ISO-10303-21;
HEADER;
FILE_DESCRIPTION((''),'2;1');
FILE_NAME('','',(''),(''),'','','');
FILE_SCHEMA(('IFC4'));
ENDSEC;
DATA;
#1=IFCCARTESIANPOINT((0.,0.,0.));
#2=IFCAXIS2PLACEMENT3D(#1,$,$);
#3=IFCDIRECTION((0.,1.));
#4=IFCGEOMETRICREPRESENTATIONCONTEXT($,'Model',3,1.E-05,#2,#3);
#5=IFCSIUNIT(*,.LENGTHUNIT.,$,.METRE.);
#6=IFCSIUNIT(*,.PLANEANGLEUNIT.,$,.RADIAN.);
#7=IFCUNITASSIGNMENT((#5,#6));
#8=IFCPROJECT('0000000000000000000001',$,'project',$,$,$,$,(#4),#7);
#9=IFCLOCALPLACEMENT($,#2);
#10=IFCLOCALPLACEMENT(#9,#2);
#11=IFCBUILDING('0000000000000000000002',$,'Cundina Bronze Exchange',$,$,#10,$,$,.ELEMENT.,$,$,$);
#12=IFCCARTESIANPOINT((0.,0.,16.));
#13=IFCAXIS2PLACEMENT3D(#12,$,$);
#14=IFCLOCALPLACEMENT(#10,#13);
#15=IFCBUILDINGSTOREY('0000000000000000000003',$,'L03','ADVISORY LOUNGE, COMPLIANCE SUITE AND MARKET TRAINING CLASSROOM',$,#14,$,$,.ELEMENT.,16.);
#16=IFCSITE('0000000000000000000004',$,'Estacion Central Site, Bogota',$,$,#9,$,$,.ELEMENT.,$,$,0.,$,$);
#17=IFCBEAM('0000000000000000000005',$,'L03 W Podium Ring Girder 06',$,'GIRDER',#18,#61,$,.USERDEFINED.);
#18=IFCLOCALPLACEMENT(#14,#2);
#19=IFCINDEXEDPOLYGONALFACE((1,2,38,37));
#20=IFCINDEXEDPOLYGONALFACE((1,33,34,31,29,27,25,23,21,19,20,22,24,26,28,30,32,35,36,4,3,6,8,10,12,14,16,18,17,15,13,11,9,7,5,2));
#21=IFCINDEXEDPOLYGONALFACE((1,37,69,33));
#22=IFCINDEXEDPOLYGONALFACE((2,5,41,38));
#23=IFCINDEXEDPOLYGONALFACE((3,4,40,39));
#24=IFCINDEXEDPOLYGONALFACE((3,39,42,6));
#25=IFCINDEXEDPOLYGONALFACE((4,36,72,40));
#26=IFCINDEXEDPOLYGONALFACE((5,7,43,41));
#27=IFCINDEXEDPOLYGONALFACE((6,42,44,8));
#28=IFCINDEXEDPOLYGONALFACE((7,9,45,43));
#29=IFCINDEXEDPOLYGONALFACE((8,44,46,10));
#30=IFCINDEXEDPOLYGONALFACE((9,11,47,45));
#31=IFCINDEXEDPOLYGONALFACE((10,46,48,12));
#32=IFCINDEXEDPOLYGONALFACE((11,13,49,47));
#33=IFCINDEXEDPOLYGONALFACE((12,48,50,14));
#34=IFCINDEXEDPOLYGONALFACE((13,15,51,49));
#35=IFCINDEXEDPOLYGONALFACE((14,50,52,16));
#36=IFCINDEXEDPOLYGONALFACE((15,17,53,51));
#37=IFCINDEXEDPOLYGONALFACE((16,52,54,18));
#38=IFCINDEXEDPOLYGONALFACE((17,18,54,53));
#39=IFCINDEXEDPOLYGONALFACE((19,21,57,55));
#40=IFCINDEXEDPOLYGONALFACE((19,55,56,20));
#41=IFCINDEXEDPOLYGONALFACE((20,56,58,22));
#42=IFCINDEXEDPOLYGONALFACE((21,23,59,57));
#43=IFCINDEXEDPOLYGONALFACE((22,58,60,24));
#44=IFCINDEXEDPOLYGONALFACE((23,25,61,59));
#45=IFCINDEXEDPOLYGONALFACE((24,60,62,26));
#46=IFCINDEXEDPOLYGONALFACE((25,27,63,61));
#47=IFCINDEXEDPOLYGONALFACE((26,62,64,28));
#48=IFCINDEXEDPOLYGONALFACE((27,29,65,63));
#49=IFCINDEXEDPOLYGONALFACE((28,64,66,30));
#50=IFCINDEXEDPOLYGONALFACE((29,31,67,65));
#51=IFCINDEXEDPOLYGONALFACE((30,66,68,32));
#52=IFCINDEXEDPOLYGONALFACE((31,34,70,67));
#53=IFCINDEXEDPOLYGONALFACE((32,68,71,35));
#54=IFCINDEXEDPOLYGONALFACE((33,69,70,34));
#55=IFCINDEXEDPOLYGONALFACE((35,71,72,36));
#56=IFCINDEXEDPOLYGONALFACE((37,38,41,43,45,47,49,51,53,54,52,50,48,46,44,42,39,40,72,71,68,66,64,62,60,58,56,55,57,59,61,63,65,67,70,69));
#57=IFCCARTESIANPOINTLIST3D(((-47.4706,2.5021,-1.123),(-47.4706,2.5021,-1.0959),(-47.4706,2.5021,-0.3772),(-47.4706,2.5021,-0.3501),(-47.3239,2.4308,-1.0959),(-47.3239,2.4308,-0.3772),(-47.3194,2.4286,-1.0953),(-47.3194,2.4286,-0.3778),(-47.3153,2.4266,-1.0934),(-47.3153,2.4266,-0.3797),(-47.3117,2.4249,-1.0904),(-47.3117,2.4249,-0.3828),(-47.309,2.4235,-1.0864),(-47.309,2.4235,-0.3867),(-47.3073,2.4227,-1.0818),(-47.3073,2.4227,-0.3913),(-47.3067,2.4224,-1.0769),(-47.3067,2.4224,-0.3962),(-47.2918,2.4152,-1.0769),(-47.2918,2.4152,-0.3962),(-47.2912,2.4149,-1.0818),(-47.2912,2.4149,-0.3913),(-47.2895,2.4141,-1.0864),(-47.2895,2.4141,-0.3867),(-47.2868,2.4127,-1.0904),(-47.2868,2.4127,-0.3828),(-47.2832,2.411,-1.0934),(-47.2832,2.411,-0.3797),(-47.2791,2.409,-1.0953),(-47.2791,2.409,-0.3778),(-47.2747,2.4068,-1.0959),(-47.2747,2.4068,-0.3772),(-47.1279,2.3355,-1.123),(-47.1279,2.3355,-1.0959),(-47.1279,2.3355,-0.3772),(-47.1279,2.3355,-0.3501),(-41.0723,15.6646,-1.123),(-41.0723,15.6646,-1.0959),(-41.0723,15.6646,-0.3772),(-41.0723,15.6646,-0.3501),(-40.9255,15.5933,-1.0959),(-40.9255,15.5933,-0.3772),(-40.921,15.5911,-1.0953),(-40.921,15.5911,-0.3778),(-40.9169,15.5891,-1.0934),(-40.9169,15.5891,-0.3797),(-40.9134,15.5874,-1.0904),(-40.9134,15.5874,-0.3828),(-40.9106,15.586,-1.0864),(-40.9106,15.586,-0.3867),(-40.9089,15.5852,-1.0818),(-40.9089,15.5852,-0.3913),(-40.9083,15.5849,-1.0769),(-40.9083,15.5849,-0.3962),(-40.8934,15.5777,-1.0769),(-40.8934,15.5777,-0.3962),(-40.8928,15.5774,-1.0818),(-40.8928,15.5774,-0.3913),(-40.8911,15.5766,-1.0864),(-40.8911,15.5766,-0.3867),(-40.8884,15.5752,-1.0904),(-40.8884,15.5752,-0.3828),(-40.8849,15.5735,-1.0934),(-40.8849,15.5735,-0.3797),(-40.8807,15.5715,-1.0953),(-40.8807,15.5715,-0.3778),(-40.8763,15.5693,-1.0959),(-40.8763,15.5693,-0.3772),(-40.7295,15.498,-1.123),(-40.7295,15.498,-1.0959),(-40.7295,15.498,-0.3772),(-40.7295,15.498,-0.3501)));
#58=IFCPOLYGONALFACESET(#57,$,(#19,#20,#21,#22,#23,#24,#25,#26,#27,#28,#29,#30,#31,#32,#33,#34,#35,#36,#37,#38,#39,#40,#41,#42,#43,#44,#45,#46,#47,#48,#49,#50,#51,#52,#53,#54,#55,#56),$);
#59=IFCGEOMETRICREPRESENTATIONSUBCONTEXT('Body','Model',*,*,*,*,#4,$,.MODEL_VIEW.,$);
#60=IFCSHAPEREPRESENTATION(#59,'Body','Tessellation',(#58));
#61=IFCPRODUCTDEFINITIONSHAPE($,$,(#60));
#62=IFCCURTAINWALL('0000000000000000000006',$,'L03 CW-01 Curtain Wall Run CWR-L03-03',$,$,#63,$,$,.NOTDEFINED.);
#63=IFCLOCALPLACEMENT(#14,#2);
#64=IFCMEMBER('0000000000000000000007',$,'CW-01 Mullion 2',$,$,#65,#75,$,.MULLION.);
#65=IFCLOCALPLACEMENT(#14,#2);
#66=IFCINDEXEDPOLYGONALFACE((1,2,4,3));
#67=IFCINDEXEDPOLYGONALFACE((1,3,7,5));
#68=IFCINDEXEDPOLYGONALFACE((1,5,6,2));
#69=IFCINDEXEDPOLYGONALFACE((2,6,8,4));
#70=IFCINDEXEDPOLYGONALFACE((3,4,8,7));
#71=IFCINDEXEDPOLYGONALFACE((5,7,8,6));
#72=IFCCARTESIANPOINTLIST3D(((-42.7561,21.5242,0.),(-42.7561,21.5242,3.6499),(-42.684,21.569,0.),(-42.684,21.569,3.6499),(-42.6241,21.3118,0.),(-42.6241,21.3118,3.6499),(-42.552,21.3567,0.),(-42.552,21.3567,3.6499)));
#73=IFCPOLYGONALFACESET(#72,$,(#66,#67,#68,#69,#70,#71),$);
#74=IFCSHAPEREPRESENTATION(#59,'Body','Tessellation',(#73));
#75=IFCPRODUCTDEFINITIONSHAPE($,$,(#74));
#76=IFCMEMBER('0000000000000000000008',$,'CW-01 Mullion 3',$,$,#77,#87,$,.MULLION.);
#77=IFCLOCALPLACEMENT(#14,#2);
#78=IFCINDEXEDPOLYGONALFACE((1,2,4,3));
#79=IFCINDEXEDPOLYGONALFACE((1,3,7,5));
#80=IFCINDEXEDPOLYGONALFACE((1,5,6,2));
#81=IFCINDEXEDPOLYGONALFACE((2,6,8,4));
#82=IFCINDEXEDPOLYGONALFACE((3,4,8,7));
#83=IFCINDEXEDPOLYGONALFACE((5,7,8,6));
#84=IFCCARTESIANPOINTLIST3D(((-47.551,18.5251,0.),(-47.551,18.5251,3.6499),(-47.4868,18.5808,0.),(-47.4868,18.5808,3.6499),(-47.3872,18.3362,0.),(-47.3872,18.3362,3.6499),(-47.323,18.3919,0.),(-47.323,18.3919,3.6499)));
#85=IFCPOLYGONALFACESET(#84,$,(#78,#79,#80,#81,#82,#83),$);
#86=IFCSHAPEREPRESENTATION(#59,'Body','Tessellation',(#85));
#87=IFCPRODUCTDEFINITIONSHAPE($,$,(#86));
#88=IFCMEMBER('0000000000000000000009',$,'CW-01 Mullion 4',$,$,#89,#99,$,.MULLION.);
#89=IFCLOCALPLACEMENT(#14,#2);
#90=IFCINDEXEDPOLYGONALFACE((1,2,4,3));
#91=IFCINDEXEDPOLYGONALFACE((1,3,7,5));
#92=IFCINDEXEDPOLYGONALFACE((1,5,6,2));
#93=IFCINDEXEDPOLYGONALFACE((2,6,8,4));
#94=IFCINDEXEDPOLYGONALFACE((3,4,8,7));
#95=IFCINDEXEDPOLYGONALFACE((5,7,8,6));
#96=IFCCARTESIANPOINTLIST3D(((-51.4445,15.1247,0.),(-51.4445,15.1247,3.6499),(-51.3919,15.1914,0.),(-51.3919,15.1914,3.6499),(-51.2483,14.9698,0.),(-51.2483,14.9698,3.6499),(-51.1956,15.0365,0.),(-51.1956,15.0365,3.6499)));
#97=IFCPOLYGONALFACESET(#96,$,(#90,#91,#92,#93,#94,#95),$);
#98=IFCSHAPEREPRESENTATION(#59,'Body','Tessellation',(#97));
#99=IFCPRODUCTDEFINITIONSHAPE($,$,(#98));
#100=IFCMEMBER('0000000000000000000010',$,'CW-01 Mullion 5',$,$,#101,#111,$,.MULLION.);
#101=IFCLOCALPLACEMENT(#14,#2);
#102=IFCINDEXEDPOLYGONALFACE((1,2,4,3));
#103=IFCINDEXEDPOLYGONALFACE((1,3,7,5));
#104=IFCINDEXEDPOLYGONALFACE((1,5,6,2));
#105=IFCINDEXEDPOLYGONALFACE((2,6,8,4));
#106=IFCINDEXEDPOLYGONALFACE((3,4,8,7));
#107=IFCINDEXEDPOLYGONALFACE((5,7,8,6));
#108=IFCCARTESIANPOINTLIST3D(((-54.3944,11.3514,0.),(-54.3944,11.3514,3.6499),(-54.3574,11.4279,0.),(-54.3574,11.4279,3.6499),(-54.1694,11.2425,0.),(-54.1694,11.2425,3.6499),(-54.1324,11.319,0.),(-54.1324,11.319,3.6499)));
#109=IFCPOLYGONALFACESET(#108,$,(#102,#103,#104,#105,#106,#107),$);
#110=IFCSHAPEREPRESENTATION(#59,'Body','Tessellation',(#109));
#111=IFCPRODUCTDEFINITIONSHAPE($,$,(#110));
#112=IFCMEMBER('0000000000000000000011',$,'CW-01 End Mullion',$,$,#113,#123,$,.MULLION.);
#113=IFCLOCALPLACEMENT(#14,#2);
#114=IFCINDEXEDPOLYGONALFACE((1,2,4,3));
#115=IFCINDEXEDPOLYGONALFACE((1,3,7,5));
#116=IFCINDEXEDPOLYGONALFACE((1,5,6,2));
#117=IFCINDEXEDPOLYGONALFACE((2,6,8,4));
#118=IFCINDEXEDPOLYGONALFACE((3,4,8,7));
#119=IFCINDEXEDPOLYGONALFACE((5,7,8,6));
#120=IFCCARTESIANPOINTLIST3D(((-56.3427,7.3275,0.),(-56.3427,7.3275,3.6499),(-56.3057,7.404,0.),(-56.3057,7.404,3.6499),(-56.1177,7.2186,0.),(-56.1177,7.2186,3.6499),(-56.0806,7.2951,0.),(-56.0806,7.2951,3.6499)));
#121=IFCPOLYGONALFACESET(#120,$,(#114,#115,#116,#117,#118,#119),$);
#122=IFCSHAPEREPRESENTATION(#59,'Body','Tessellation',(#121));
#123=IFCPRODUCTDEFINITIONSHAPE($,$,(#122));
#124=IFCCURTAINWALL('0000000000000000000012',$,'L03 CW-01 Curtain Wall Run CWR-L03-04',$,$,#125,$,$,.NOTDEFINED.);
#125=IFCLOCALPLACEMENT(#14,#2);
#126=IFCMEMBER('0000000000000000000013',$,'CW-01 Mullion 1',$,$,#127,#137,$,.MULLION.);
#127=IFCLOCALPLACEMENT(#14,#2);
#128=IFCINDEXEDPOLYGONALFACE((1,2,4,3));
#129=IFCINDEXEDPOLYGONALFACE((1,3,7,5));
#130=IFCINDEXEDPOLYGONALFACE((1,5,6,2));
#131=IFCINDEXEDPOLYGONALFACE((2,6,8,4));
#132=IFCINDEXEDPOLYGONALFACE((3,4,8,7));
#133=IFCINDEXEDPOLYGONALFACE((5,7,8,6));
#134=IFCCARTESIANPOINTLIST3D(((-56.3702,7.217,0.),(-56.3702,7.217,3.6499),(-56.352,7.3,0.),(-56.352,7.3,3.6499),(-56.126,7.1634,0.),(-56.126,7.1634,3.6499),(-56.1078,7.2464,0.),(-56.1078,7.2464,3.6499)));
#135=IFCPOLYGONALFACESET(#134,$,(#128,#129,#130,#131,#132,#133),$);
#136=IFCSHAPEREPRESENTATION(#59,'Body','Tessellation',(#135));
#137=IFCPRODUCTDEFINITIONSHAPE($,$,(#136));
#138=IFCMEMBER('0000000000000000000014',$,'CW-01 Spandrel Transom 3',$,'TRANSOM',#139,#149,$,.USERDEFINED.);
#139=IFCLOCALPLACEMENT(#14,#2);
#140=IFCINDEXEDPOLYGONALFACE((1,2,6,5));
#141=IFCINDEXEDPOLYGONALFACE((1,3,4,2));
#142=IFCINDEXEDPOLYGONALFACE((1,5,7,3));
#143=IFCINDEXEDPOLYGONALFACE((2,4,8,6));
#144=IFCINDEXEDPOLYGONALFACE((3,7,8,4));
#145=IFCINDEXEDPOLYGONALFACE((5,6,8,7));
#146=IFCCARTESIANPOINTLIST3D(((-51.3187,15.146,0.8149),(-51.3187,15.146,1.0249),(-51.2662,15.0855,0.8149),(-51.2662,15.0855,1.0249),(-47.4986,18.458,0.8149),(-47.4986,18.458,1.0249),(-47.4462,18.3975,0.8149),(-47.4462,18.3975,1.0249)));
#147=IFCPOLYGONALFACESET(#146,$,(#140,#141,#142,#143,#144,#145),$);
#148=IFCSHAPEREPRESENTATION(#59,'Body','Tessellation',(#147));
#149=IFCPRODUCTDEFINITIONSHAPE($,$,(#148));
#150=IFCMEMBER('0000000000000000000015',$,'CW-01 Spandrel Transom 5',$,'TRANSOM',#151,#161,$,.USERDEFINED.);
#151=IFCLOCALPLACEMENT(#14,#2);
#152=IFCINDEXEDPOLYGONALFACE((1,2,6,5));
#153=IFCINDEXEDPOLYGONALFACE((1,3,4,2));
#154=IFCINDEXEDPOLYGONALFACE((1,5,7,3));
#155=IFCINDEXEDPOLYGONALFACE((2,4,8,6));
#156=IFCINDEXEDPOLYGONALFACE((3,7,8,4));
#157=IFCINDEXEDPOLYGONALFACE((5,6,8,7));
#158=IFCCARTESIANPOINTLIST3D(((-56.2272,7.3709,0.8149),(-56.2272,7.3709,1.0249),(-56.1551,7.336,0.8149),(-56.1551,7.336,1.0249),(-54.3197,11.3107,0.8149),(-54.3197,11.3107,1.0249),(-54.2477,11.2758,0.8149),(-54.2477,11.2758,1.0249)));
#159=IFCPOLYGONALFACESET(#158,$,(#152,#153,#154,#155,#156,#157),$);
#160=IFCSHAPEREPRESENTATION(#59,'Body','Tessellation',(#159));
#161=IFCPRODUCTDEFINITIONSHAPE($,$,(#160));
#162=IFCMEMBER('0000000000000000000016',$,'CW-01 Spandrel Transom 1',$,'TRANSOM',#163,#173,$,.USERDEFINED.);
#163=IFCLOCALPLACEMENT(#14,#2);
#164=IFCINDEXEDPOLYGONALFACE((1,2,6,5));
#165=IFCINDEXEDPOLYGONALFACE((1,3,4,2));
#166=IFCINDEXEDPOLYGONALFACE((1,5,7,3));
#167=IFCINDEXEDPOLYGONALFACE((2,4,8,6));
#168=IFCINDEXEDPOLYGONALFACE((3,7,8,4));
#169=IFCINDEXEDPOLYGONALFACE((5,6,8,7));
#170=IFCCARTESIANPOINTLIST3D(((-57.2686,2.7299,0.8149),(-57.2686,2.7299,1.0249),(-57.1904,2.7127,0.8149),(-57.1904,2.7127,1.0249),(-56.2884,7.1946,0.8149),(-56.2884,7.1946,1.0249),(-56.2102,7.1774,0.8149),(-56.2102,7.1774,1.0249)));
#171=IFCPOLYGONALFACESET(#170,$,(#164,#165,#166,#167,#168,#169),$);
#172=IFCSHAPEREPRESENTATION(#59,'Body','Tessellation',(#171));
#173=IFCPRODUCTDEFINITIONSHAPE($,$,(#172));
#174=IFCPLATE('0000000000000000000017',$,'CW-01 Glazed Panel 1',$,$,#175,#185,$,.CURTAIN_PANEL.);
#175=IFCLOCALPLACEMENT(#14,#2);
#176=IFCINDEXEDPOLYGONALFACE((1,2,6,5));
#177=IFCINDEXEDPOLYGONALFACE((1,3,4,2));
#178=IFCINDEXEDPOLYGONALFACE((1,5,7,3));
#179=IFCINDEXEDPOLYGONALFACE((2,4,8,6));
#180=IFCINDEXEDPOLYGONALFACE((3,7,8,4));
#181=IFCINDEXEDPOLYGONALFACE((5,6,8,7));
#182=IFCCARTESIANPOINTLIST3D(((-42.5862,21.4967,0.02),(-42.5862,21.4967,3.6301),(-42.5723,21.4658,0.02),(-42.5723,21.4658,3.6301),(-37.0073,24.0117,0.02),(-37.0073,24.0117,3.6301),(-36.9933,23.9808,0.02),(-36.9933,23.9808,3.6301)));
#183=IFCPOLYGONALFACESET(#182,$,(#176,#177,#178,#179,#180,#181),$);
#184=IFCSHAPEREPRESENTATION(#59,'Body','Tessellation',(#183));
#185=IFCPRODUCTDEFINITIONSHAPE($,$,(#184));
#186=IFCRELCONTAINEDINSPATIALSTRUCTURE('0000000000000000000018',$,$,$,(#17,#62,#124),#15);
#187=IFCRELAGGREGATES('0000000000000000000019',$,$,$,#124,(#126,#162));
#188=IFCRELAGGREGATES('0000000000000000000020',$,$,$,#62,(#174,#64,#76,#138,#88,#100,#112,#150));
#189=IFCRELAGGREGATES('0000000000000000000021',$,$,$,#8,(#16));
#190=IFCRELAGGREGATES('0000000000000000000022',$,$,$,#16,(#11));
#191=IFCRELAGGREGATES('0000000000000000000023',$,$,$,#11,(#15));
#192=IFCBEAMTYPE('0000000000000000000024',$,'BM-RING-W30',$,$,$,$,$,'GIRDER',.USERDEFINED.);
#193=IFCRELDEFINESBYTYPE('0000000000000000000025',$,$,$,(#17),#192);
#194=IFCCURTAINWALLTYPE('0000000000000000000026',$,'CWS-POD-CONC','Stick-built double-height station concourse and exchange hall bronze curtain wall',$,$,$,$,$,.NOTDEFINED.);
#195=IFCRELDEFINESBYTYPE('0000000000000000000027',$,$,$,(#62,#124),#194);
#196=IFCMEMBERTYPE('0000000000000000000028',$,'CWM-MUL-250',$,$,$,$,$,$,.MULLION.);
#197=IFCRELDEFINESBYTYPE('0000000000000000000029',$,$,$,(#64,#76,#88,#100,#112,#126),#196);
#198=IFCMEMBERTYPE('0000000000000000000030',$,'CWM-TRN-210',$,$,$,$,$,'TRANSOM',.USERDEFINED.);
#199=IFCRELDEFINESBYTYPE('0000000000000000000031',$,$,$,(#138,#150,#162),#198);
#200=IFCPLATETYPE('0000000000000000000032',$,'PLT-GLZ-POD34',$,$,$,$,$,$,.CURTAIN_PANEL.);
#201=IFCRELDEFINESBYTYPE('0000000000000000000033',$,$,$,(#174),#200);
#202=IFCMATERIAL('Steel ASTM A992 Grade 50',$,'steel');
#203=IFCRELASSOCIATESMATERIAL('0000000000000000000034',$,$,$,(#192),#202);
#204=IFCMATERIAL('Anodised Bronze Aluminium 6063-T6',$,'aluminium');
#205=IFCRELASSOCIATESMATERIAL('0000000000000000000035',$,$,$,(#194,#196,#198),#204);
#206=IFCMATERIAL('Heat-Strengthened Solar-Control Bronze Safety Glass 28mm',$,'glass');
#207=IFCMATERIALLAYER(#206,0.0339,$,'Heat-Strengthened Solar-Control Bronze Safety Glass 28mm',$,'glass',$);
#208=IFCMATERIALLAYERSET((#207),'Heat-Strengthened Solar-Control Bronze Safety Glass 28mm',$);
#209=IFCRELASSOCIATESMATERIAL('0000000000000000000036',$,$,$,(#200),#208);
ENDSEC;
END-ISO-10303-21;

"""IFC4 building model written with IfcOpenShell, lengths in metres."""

from ifc_helpers import new_model, si_unit, direction, frame, origin, origin_2d, place, context, subcontext, project, spatial, rectangle, i_section, extrude, material, layer, layer_set, material_profile, profile_set, type_object, element, aggregate, save


model = new_model("IFC4")

# Units and contexts
model_context = context("Model", 3, precision=1e-05, world=origin(), true_north=direction((0.0, 1.0)))
body_context = subcontext(model_context, "Body", "Model", "MODEL_VIEW")
ifc_project = project(units=[si_unit("LENGTHUNIT", "METRE"), si_unit("PLANEANGLEUNIT", "RADIAN")], contexts=[model_context])

# Site, building, storey
site_placement = place(None, origin())
site = spatial("IfcSite", under=ifc_project, at=site_placement, Name="Estacion Central Site, Bogota", CompositionType="ELEMENT", RefElevation=0.0)
building_placement = place(site_placement, origin())
building = spatial("IfcBuilding", under=site, at=building_placement, Name="Cundina Bronze Exchange", CompositionType="ELEMENT")
storey_placement = place(building_placement, frame((0.0, 0.0, 16.0)))
storey = spatial("IfcBuildingStorey", under=building, at=storey_placement, Name="L03", Description="ADVISORY LOUNGE, COMPLIANCE SUITE AND MARKET TRAINING CLASSROOM", CompositionType="ELEMENT", Elevation=16.0)

# Beam
ifc_material_1 = material(Name="Steel ASTM A992 Grade 50", Category="steel")
ifc_material_profile_1 = material_profile(ifc_material_1, i_section(OverallWidth=0.3811, OverallDepth=0.7729, WebThickness=0.0166, FlangeThickness=0.0271, FilletRadius=0.019, at=origin_2d()), Name="W30X173", Category="steel")
ifc_profile_set_1 = profile_set([ifc_material_profile_1], Name="Steel ASTM A992 Grade 50")
beam_type_1 = type_object("IfcBeamType", Name="BM-RING-W30", ElementType="GIRDER", PredefinedType="USERDEFINED", material=ifc_profile_set_1)
beam_1_placement = place(storey_placement, frame((-40.9009, 15.5813, -0.7366), z_axis=(-0.43719, -0.899369, 0.0), x_axis=(0.899369, -0.43719, 0.0)))
element("IfcBeam", 1, at=beam_1_placement, inside=storey, type_object=beam_type_1, Name="L03 W Podium Ring Girder 06", ObjectType="GIRDER", PredefinedType="USERDEFINED", context=body_context, shape_type="SweptSolid", body=[
    extrude(i_section(OverallWidth=0.3811, OverallDepth=0.7729, WebThickness=0.0166, FlangeThickness=0.0271, FilletRadius=0.019, at=origin_2d()), origin(), (0.0, 0.0, 1.0), 14.6353),
])

# Curtain wall, members
ifc_material_2 = material(Name="Anodised Bronze Aluminium 6063-T6", Category="aluminium")
curtain_wall_type = type_object("IfcCurtainWallType", Name="CWS-POD-CONC", Description="Stick-built double-height station concourse and exchange hall bronze curtain wall", PredefinedType="NOTDEFINED", material=ifc_material_2)
curtain_wall_1_placement = place(storey_placement, origin())
curtain_wall_1 = element("IfcCurtainWall", 2, at=curtain_wall_1_placement, inside=storey, type_object=curtain_wall_type, Name="L03 CW-01 Curtain Wall Run CWR-L03-03", PredefinedType="NOTDEFINED")
ifc_material_profile_2 = material_profile(ifc_material_2, rectangle(XDim=0.085, YDim=0.25, at=origin_2d()), Name="AL85X250", Category="aluminium")
ifc_profile_set_2 = profile_set([ifc_material_profile_2], Name="Anodised Bronze Aluminium 6063-T6")
member_type_1 = type_object("IfcMemberType", Name="CWM-MUL-250", PredefinedType="MULLION", material=ifc_profile_set_2)
member_1_placement = place(storey_placement, frame((-42.6541, 21.4404, 0.0), z_axis=(0.0, 0.0, 1.0), x_axis=(-0.849248, -0.527994, 0.0)))
member_1 = element("IfcMember", 3, at=member_1_placement, type_object=member_type_1, Name="CW-01 Mullion 2", PredefinedType="MULLION", context=body_context, shape_type="SweptSolid", body=[
    extrude(rectangle(XDim=0.085, YDim=0.25, at=origin_2d()), origin(), (0.0, 0.0, 1.0), 3.6499),
])
member_2_placement = place(storey_placement, frame((-47.437, 18.4585, 0.0), z_axis=(0.0, 0.0, 1.0), x_axis=(-0.755511, -0.655136, 0.0)))
member_2 = element("IfcMember", 4, at=member_2_placement, type_object=member_type_1, Name="CW-01 Mullion 3", PredefinedType="MULLION", context=body_context, shape_type="SweptSolid", body=[
    extrude(rectangle(XDim=0.085, YDim=0.25, at=origin_2d()), origin(), (0.0, 0.0, 1.0), 3.6499),
])
member_3_placement = place(storey_placement, frame((-51.3201, 15.0806, 0.0), z_axis=(0.0, 0.0, 1.0), x_axis=(-0.619505, -0.784993, 0.0)))
member_3 = element("IfcMember", 5, at=member_3_placement, type_object=member_type_1, Name="CW-01 Mullion 4", PredefinedType="MULLION", context=body_context, shape_type="SweptSolid", body=[
    extrude(rectangle(XDim=0.085, YDim=0.25, at=origin_2d()), origin(), (0.0, 0.0, 1.0), 3.6499),
])
member_4_placement = place(storey_placement, frame((-54.2634, 11.3352, 0.0), z_axis=(0.0, 0.0, 1.0), x_axis=(-0.435702, -0.900091, 0.0)))
member_4 = element("IfcMember", 6, at=member_4_placement, type_object=member_type_1, Name="CW-01 Mullion 5", PredefinedType="MULLION", context=body_context, shape_type="SweptSolid", body=[
    extrude(rectangle(XDim=0.085, YDim=0.25, at=origin_2d()), origin(), (0.0, 0.0, 1.0), 3.6499),
])
member_5_placement = place(storey_placement, frame((-56.2117, 7.3113, 0.0), z_axis=(0.0, 0.0, 1.0), x_axis=(-0.435702, -0.900091, 0.0)))
member_5 = element("IfcMember", 7, at=member_5_placement, type_object=member_type_1, Name="CW-01 End Mullion", PredefinedType="MULLION", context=body_context, shape_type="SweptSolid", body=[
    extrude(rectangle(XDim=0.085, YDim=0.25, at=origin_2d()), origin(), (0.0, 0.0, 1.0), 3.6499),
])

# Curtain wall, member
curtain_wall_2_placement = place(storey_placement, origin())
curtain_wall_2 = element("IfcCurtainWall", 8, at=curtain_wall_2_placement, inside=storey, type_object=curtain_wall_type, Name="L03 CW-01 Curtain Wall Run CWR-L03-04", PredefinedType="NOTDEFINED")
member_6_placement = place(storey_placement, frame((-56.239, 7.2317, 0.0), z_axis=(0.0, 0.0, 1.0), x_axis=(-0.214565, -0.97671, 0.0)))
member_6 = element("IfcMember", 9, at=member_6_placement, type_object=member_type_1, Name="CW-01 Mullion 1", PredefinedType="MULLION", context=body_context, shape_type="SweptSolid", body=[
    extrude(rectangle(XDim=0.085, YDim=0.25, at=origin_2d()), origin(), (0.0, 0.0, 1.0), 3.6499),
])

# Members
ifc_material_profile_3 = material_profile(ifc_material_2, rectangle(XDim=0.0801, YDim=0.21, at=origin_2d()), Name="AL80X210", Category="aluminium")
ifc_profile_set_3 = profile_set([ifc_material_profile_3], Name="Anodised Bronze Aluminium 6063-T6")
member_type_2 = type_object("IfcMemberType", Name="CWM-TRN-210", ElementType="TRANSOM", PredefinedType="USERDEFINED", material=ifc_profile_set_3)
member_7_placement = place(storey_placement, frame((-47.4724, 18.4277, 0.9199), z_axis=(-0.755563, -0.655076, 0.0), x_axis=(0.655076, -0.755563, 0.0)))
member_7 = element("IfcMember", 10, at=member_7_placement, type_object=member_type_2, Name="CW-01 Spandrel Transom 3", ObjectType="TRANSOM", PredefinedType="USERDEFINED", context=body_context, shape_type="SweptSolid", body=[
    extrude(rectangle(XDim=0.0801, YDim=0.21, at=origin_2d()), origin(), (0.0, 0.0, 1.0), 5.0559),
])
member_8_placement = place(storey_placement, frame((-54.2837, 11.2932, 0.9199), z_axis=(-0.435777, -0.900055, 0.0), x_axis=(0.900055, -0.435777, 0.0)))
member_8 = element("IfcMember", 11, at=member_8_placement, type_object=member_type_2, Name="CW-01 Spandrel Transom 5", ObjectType="TRANSOM", PredefinedType="USERDEFINED", context=body_context, shape_type="SweptSolid", body=[
    extrude(rectangle(XDim=0.0801, YDim=0.21, at=origin_2d()), origin(), (0.0, 0.0, 1.0), 4.3772),
])
member_9_placement = place(storey_placement, frame((-56.2493, 7.186, 0.9199), z_axis=(-0.214447, -0.976736, 0.0), x_axis=(0.976736, -0.214447, 0.0)))
member_9 = element("IfcMember", 12, at=member_9_placement, type_object=member_type_2, Name="CW-01 Spandrel Transom 1", ObjectType="TRANSOM", PredefinedType="USERDEFINED", context=body_context, shape_type="SweptSolid", body=[
    extrude(rectangle(XDim=0.0801, YDim=0.21, at=origin_2d()), origin(), (0.0, 0.0, 1.0), 4.571),
])

# Plate
ifc_material_3 = material(Name="Heat-Strengthened Solar-Control Bronze Safety Glass 28mm", Category="glass")
ifc_layer_1 = layer(ifc_material_3, 0.0339, Name="Heat-Strengthened Solar-Control Bronze Safety Glass 28mm", Category="glass")
ifc_layer_set_1 = layer_set([ifc_layer_1], Name="Heat-Strengthened Solar-Control Bronze Safety Glass 28mm")
plate_type_1 = type_object("IfcPlateType", Name="PLT-GLZ-POD34", PredefinedType="CURTAIN_PANEL", material=ifc_layer_set_1)
plate_1_placement = place(storey_placement, frame((-39.7898, 22.7388, 0.02), z_axis=(0.0, 0.0, 1.0), x_axis=(-0.911647, -0.410973, 0.0)))
plate_1 = element("IfcPlate", 13, at=plate_1_placement, type_object=plate_type_1, Name="CW-01 Glazed Panel 1", PredefinedType="CURTAIN_PANEL", context=body_context, shape_type="SweptSolid", body=[
    extrude(rectangle(XDim=6.1196, YDim=0.0339, at=origin_2d()), origin(), (0.0, 0.0, 1.0), 3.6101),
])
aggregate(curtain_wall_2, [member_6, member_9])
aggregate(curtain_wall_1, [plate_1, member_1, member_2, member_7, member_3, member_4, member_5, member_8])

save(model, "model.ifc")
